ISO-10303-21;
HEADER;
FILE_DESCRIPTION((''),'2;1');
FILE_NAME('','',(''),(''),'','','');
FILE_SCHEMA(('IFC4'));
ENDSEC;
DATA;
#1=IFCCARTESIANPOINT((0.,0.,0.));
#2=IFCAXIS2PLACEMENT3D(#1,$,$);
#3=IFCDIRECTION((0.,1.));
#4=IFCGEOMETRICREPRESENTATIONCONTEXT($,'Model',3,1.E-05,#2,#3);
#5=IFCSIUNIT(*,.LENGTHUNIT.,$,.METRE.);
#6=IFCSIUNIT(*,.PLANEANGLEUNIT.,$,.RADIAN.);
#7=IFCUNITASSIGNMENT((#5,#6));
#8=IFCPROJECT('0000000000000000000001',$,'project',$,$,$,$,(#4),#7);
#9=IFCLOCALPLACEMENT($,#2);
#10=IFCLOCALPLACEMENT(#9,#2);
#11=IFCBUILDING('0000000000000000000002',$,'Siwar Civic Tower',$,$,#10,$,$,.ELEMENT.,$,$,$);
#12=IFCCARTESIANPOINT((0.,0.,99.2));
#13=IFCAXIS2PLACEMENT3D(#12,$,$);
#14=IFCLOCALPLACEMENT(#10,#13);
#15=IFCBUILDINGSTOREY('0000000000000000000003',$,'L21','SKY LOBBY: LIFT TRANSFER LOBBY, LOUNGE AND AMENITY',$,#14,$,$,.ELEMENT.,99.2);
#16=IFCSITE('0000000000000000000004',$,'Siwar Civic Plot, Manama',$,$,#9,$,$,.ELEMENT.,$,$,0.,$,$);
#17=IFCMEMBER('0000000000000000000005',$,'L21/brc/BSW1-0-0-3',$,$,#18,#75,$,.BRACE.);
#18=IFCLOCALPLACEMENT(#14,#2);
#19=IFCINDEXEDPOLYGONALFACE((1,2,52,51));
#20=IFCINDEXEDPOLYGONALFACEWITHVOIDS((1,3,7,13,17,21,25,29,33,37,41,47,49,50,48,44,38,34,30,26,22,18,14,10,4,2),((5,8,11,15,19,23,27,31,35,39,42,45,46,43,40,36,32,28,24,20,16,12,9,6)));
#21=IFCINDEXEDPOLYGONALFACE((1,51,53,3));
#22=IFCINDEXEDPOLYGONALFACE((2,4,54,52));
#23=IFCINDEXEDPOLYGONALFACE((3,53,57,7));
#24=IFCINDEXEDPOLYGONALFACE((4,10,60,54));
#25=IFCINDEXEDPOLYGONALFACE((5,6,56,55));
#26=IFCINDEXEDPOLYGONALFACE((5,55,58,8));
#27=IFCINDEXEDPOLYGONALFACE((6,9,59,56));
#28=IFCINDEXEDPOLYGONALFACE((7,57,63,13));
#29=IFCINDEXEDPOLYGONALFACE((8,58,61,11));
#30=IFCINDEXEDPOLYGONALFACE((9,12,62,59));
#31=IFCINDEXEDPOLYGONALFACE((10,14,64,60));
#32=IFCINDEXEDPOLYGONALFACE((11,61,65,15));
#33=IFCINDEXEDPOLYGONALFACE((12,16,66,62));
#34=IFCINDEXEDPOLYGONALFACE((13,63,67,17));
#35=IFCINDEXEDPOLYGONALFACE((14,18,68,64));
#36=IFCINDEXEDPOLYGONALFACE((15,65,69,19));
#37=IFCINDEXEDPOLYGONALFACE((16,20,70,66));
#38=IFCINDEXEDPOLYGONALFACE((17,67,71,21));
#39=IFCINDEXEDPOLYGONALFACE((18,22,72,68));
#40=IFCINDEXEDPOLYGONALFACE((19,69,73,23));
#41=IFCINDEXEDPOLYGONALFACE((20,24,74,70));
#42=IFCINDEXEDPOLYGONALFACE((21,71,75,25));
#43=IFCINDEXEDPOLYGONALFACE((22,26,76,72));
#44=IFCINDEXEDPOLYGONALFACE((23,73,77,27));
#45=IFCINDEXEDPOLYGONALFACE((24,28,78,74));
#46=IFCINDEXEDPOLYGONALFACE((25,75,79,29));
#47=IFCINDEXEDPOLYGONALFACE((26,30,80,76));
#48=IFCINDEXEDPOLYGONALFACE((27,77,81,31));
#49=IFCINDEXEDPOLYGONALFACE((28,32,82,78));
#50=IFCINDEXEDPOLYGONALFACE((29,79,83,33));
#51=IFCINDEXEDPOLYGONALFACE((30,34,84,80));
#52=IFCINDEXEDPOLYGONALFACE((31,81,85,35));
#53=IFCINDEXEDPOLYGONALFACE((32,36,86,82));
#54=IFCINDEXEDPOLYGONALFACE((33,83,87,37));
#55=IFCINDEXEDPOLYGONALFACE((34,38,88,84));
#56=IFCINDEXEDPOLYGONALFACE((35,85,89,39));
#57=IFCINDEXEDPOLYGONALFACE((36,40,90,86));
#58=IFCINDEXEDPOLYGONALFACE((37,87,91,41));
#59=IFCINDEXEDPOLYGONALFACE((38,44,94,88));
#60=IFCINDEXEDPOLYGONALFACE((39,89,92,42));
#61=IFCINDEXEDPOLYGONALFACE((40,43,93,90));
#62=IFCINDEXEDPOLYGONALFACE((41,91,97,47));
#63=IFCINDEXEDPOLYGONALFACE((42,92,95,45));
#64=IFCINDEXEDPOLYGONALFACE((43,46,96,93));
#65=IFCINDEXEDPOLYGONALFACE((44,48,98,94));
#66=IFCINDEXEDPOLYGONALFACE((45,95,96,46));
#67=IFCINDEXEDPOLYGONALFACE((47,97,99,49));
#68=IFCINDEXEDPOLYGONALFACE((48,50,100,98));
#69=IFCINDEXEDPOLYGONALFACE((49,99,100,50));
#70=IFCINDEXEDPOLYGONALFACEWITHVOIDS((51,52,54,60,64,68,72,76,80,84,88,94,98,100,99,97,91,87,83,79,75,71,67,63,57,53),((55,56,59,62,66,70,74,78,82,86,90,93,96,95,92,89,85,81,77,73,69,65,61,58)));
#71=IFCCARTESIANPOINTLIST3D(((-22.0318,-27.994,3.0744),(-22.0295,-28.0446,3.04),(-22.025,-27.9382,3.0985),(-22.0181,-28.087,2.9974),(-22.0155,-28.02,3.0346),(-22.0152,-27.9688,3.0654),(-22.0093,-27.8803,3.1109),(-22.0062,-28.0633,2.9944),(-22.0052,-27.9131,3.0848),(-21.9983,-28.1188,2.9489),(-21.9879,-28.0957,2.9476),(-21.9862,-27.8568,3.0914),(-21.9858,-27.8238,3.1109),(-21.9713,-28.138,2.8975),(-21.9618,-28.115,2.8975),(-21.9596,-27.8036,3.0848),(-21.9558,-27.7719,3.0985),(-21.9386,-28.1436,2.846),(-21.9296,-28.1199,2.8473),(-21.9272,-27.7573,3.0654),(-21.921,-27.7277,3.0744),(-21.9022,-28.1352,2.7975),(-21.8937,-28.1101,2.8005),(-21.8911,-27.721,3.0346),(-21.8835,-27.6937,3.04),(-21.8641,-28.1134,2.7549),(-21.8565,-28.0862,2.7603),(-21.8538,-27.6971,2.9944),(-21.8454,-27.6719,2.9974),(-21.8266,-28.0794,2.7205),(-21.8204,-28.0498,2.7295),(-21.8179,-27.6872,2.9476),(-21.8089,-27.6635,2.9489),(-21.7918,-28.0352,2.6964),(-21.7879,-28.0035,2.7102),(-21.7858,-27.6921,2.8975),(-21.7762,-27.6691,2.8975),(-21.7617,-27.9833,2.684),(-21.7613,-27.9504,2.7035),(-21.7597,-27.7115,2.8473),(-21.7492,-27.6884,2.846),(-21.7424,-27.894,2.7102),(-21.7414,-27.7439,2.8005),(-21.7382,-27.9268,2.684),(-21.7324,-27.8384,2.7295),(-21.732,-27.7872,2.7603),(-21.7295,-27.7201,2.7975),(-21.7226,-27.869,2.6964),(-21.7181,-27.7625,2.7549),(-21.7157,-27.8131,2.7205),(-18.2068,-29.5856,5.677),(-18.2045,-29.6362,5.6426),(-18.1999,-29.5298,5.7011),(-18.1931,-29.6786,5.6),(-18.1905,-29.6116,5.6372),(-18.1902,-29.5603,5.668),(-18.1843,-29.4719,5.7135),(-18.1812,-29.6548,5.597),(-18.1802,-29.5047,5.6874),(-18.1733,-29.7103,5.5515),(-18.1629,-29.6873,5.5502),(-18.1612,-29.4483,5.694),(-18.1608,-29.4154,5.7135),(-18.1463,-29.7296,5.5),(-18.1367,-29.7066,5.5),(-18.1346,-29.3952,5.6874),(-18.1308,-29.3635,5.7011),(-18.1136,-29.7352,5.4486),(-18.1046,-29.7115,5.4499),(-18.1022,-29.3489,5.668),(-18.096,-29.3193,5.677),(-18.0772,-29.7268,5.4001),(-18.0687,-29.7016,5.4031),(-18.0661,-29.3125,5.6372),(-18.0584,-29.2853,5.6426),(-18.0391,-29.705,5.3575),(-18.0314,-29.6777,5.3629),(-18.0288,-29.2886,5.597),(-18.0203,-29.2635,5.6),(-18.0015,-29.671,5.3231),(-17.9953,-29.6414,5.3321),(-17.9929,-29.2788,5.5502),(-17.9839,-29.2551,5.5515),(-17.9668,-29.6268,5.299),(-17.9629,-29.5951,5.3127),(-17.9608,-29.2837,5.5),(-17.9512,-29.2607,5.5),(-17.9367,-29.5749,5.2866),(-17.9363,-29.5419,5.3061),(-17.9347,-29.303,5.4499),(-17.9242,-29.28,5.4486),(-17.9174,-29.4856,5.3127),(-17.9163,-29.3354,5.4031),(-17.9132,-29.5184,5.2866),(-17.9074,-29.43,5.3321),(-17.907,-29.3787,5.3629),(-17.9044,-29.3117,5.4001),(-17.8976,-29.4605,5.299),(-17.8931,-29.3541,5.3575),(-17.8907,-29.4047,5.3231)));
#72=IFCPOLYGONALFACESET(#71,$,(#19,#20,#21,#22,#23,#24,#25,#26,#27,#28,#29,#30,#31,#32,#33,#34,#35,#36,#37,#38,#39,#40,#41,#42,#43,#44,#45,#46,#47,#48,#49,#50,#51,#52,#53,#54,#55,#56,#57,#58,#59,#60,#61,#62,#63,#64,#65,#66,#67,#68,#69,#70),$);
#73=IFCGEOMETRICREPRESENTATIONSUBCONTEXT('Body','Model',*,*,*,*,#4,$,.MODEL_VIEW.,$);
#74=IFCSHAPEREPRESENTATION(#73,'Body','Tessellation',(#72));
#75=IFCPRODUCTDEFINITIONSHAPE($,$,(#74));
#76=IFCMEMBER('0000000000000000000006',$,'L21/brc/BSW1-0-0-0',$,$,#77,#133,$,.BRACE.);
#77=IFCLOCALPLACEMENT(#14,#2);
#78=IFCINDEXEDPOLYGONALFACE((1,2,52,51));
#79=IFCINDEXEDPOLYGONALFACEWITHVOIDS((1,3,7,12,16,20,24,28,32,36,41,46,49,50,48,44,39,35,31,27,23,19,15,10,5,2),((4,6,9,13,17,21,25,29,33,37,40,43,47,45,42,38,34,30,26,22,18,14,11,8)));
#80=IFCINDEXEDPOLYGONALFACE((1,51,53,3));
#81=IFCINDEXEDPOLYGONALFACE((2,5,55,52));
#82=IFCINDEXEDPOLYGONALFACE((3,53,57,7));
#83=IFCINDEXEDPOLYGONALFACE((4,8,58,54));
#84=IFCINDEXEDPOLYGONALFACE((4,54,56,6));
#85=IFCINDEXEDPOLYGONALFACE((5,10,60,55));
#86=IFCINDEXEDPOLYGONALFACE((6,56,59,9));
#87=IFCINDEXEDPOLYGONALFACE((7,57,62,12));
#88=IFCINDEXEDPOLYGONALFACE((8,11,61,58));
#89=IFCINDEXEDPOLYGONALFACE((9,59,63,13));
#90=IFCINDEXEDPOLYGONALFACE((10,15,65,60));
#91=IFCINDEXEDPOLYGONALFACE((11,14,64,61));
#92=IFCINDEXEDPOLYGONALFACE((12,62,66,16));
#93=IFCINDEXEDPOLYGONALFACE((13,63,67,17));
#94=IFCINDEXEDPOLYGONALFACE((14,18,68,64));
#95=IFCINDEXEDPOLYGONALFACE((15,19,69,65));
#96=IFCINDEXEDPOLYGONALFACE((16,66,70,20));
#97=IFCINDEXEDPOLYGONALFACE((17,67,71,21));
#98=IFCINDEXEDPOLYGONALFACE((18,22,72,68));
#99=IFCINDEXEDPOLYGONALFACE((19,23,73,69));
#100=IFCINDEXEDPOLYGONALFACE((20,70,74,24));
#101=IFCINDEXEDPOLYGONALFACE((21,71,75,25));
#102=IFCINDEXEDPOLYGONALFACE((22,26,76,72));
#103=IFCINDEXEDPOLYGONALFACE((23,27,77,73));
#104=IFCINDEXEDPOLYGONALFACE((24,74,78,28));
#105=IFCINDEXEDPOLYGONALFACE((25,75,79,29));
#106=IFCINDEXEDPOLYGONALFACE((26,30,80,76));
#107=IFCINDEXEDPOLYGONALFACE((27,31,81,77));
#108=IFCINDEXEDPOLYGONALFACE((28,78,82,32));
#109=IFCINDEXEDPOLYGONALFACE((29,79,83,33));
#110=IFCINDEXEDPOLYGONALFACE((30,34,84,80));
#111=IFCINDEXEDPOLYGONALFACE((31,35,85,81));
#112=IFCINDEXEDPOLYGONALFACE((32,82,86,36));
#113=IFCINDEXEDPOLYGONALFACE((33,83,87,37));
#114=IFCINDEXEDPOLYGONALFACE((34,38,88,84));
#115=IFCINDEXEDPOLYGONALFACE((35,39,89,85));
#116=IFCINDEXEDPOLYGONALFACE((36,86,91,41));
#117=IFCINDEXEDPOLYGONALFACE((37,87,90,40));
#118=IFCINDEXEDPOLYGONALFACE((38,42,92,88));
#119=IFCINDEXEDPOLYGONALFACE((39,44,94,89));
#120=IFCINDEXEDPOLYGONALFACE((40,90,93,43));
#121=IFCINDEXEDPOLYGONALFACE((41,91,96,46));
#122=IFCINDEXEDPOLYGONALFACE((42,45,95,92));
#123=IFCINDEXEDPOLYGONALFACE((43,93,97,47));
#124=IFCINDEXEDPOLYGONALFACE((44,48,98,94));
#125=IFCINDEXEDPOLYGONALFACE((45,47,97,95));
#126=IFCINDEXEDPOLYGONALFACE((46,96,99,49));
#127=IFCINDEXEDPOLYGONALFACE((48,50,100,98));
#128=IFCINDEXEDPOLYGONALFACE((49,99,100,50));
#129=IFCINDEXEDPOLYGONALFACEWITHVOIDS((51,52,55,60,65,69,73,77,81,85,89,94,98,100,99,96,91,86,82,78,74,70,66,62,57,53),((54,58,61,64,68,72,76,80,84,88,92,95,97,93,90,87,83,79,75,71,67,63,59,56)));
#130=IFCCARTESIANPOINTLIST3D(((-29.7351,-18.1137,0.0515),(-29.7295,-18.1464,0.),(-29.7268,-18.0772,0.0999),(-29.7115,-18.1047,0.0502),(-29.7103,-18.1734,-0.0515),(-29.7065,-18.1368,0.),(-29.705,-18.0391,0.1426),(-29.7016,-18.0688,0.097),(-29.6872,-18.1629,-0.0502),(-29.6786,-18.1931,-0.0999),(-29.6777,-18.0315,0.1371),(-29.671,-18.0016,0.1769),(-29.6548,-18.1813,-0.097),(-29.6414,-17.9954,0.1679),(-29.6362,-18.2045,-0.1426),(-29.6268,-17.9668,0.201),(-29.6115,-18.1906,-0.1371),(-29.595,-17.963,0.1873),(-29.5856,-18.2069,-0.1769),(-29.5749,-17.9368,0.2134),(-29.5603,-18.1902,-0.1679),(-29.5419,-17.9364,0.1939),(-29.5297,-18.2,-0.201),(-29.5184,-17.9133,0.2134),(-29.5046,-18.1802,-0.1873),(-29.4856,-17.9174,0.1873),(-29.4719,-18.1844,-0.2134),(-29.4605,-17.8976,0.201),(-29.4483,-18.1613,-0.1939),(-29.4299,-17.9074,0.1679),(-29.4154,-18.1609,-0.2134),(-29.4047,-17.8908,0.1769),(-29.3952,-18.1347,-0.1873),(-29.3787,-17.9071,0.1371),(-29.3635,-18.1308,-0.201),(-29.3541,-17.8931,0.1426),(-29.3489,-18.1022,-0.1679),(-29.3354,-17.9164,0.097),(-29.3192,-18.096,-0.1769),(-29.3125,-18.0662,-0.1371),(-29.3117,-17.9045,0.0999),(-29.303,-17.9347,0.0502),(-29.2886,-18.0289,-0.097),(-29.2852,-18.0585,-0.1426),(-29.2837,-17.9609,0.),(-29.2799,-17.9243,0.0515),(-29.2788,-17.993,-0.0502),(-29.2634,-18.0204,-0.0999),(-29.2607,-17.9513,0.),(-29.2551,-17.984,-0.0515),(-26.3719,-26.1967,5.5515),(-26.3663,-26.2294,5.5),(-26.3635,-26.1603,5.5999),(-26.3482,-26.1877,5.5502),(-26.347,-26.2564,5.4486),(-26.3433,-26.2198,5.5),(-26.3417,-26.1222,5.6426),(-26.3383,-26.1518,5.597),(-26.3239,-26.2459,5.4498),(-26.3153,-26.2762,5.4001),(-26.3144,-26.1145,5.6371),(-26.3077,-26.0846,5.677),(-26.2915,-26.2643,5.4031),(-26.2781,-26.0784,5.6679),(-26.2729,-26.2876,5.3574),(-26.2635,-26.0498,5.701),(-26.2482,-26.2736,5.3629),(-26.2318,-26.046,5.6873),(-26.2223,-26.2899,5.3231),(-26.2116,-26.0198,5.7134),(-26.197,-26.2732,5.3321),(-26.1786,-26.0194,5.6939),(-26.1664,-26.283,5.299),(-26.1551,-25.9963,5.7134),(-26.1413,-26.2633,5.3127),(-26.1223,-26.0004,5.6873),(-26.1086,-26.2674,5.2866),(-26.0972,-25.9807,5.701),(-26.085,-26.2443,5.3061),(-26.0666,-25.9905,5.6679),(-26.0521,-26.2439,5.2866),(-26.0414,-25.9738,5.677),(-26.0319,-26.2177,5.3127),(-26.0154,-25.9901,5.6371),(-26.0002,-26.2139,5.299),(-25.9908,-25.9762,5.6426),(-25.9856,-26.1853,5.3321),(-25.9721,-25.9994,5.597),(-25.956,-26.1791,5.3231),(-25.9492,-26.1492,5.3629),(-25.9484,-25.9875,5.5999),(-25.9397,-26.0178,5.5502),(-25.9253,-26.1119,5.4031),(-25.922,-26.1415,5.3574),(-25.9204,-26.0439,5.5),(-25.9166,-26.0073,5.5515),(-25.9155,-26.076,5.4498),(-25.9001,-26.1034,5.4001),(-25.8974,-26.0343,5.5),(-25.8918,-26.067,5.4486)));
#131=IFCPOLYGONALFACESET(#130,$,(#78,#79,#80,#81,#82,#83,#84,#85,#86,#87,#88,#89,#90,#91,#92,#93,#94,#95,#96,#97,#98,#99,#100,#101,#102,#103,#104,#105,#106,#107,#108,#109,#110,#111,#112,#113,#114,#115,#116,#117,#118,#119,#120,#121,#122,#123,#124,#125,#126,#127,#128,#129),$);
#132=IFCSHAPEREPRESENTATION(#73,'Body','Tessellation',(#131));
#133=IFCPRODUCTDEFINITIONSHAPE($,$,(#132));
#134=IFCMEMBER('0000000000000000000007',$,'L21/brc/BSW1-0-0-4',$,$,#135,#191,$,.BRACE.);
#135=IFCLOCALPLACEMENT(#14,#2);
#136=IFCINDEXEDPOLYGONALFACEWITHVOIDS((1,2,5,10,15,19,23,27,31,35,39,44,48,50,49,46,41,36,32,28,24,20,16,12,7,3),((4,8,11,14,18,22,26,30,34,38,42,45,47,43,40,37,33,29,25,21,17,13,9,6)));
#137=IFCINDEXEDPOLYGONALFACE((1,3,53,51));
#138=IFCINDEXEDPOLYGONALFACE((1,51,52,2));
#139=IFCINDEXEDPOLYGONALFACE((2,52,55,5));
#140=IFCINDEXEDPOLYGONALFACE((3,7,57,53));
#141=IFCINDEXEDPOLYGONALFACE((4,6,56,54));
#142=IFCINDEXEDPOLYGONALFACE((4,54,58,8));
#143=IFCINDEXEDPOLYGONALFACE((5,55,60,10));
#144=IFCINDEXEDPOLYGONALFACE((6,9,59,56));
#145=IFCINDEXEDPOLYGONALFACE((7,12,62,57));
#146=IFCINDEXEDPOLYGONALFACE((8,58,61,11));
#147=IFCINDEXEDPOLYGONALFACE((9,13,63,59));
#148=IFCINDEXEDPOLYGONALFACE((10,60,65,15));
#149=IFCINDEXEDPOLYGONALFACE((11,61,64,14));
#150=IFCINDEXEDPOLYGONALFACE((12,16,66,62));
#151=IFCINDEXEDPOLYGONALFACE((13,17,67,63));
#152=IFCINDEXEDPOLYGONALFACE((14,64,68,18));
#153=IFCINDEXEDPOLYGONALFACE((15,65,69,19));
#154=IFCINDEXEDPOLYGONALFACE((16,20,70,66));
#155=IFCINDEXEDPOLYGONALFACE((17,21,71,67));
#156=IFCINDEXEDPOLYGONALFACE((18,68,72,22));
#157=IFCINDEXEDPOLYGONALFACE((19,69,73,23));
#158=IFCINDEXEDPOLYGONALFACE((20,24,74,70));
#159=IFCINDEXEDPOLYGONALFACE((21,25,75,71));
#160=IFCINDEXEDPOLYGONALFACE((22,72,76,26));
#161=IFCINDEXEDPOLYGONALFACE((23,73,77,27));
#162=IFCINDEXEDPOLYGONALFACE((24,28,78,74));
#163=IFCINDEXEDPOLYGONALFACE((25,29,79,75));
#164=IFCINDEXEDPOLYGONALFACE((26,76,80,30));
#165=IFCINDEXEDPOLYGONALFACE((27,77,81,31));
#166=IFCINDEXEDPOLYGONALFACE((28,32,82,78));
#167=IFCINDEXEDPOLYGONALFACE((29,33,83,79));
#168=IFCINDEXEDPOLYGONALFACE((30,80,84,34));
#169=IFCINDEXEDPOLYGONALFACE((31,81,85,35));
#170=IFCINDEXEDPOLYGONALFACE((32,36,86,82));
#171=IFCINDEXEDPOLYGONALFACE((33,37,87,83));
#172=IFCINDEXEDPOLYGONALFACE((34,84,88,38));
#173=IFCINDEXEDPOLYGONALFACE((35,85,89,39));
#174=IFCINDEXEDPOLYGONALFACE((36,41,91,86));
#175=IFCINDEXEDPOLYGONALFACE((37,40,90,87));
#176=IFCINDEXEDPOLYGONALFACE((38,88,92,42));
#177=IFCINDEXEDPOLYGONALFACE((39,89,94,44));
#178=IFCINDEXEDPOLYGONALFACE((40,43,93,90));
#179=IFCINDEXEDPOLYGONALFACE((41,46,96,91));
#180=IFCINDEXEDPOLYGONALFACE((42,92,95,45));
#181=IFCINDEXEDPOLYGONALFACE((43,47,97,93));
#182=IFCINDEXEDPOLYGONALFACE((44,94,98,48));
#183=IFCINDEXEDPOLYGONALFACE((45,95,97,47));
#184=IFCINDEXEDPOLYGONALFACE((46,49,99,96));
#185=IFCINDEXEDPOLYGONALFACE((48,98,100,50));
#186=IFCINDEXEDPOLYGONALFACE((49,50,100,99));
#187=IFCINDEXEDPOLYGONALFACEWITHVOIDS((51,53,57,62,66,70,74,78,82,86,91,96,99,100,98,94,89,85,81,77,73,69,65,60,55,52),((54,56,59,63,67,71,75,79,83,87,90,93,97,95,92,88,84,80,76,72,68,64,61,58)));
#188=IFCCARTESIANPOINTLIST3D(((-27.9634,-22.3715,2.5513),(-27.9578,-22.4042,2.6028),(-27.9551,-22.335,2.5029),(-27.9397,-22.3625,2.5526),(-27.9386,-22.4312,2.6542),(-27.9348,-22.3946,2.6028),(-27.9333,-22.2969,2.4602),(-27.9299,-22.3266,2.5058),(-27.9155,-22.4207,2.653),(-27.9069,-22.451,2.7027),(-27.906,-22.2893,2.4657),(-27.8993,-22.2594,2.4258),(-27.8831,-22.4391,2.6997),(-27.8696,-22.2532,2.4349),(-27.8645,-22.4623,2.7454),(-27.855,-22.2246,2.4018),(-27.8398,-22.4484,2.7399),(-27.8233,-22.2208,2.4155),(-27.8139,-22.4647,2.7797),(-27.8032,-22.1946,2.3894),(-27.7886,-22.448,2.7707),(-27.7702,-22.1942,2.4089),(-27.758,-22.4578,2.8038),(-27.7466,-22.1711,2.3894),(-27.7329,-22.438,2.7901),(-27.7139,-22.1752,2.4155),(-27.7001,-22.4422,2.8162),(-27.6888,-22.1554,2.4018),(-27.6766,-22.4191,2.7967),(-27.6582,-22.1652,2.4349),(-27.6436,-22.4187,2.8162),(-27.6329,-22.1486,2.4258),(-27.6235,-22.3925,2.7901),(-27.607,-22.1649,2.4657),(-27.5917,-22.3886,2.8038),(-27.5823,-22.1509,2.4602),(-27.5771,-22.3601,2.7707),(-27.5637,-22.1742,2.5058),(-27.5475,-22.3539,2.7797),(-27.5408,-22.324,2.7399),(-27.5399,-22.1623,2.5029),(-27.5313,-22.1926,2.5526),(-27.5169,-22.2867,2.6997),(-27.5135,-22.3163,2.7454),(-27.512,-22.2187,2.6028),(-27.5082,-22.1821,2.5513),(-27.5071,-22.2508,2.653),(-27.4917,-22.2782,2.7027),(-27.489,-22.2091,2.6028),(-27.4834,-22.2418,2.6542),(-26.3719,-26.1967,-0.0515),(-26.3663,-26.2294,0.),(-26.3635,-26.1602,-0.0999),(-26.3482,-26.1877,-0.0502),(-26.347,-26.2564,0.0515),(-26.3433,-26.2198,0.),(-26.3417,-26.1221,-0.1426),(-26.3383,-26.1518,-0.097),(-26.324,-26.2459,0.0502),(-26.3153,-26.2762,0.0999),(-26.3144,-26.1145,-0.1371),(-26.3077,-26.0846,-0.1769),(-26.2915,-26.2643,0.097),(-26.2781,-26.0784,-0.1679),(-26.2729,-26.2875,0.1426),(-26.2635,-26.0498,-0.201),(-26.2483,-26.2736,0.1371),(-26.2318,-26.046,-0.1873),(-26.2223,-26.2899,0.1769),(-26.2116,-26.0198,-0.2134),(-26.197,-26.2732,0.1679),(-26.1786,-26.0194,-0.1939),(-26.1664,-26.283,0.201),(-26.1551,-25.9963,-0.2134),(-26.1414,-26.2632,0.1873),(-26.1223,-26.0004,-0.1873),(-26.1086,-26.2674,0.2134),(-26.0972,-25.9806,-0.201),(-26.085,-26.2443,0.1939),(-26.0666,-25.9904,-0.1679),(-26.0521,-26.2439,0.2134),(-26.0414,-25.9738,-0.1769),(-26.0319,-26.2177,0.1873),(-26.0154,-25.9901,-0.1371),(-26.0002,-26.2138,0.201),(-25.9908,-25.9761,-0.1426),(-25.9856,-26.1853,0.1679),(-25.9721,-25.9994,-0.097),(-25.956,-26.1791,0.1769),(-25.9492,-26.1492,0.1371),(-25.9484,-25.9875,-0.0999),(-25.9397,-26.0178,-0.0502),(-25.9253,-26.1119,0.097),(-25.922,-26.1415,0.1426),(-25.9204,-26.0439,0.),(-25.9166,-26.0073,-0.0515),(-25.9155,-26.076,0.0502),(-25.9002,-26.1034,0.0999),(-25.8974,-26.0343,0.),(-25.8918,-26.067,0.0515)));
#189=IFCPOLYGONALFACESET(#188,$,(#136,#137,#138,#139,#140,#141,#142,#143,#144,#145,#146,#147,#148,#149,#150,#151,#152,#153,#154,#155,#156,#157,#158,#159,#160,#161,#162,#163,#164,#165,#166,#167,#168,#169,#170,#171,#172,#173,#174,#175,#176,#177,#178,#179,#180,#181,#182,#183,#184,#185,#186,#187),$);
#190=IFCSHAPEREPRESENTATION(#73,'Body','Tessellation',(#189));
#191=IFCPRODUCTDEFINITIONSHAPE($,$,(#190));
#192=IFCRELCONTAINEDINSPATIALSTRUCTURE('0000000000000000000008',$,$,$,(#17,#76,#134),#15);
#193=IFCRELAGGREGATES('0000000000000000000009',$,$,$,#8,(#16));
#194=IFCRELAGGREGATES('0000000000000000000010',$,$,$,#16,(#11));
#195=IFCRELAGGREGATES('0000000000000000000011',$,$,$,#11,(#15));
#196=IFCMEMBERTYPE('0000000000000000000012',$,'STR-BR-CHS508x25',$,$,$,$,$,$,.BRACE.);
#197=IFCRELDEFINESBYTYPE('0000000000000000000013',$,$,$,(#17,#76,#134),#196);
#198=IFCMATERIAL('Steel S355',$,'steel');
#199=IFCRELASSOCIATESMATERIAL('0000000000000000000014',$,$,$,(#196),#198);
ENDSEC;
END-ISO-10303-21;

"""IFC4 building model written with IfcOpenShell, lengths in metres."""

from ifc_helpers import new_model, si_unit, direction, frame, origin, origin_2d, place, context, subcontext, project, spatial, hollow_circle, extrude, material, material_profile, profile_set, type_object, element, save


model = new_model("IFC4")

# Units and contexts
model_context = context("Model", 3, precision=1e-05, world=origin(), true_north=direction((0.0, 1.0)))
body_context = subcontext(model_context, "Body", "Model", "MODEL_VIEW")
ifc_project = project(units=[si_unit("LENGTHUNIT", "METRE"), si_unit("PLANEANGLEUNIT", "RADIAN")], contexts=[model_context])

# Site, building, storey
site_placement = place(None, origin())
site = spatial("IfcSite", under=ifc_project, at=site_placement, Name="Siwar Civic Plot, Manama", CompositionType="ELEMENT", RefElevation=0.0)
building_placement = place(site_placement, origin())
building = spatial("IfcBuilding", under=site, at=building_placement, Name="Siwar Civic Tower", CompositionType="ELEMENT")
storey_placement = place(building_placement, frame((0.0, 0.0, 99.2)))
storey = spatial("IfcBuildingStorey", under=building, at=storey_placement, Name="L21", Description="SKY LOBBY: LIFT TRANSFER LOBBY, LOUNGE AND AMENITY", CompositionType="ELEMENT", Elevation=99.2)

# Members
ifc_material_1 = material(Name="Steel S355", Category="steel")
ifc_material_profile_1 = material_profile(ifc_material_1, hollow_circle(Radius=0.2539, WallThickness=0.0249, at=origin_2d()), Name="CHS508x25")
ifc_profile_set_1 = profile_set([ifc_material_profile_1], Name="Steel S355")
member_type_1 = type_object("IfcMemberType", Name="STR-BR-CHS508x25", PredefinedType="BRACE", material=ifc_profile_set_1)
member_1_placement = place(storey_placement, frame((-21.8738, -27.9036, 2.8975), z_axis=(0.7818, -0.325305, 0.531945), x_axis=(0.384168, 0.923263, 0.0)))
element("IfcMember", 1, at=member_1_placement, inside=storey, type_object=member_type_1, Name="L21/brc/BSW1-0-0-3", PredefinedType="BRACE", context=body_context, shape_type="SweptSolid", body=[
    extrude(hollow_circle(Radius=0.2539, WallThickness=0.0249, at=origin_2d()), origin(), (0.0, 0.0, 1.0), 4.8926),
])
member_2_placement = place(storey_placement, frame((-29.4951, -18.0488, 0.0), z_axis=(0.325298, -0.781791, 0.531962), x_axis=(0.923265, 0.384164, 0.0)))
element("IfcMember", 2, at=member_2_placement, inside=storey, type_object=member_type_1, Name="L21/brc/BSW1-0-0-0", PredefinedType="BRACE", context=body_context, shape_type="SweptSolid", body=[
    extrude(hollow_circle(Radius=0.2539, WallThickness=0.0249, at=origin_2d()), origin(), (0.0, 0.0, 1.0), 10.3391),
])
member_3_placement = place(storey_placement, frame((-26.1318, -26.1318, 0.0), z_axis=(-0.325284, 0.781798, 0.53196), x_axis=(-0.923272, -0.384147, 0.0)))
element("IfcMember", 3, at=member_3_placement, inside=storey, type_object=member_type_1, Name="L21/brc/BSW1-0-0-4", PredefinedType="BRACE", context=body_context, shape_type="SweptSolid", body=[
    extrude(hollow_circle(Radius=0.2539, WallThickness=0.0249, at=origin_2d()), origin(), (0.0, 0.0, 1.0), 4.8928),
])

save(model, "model.ifc")
